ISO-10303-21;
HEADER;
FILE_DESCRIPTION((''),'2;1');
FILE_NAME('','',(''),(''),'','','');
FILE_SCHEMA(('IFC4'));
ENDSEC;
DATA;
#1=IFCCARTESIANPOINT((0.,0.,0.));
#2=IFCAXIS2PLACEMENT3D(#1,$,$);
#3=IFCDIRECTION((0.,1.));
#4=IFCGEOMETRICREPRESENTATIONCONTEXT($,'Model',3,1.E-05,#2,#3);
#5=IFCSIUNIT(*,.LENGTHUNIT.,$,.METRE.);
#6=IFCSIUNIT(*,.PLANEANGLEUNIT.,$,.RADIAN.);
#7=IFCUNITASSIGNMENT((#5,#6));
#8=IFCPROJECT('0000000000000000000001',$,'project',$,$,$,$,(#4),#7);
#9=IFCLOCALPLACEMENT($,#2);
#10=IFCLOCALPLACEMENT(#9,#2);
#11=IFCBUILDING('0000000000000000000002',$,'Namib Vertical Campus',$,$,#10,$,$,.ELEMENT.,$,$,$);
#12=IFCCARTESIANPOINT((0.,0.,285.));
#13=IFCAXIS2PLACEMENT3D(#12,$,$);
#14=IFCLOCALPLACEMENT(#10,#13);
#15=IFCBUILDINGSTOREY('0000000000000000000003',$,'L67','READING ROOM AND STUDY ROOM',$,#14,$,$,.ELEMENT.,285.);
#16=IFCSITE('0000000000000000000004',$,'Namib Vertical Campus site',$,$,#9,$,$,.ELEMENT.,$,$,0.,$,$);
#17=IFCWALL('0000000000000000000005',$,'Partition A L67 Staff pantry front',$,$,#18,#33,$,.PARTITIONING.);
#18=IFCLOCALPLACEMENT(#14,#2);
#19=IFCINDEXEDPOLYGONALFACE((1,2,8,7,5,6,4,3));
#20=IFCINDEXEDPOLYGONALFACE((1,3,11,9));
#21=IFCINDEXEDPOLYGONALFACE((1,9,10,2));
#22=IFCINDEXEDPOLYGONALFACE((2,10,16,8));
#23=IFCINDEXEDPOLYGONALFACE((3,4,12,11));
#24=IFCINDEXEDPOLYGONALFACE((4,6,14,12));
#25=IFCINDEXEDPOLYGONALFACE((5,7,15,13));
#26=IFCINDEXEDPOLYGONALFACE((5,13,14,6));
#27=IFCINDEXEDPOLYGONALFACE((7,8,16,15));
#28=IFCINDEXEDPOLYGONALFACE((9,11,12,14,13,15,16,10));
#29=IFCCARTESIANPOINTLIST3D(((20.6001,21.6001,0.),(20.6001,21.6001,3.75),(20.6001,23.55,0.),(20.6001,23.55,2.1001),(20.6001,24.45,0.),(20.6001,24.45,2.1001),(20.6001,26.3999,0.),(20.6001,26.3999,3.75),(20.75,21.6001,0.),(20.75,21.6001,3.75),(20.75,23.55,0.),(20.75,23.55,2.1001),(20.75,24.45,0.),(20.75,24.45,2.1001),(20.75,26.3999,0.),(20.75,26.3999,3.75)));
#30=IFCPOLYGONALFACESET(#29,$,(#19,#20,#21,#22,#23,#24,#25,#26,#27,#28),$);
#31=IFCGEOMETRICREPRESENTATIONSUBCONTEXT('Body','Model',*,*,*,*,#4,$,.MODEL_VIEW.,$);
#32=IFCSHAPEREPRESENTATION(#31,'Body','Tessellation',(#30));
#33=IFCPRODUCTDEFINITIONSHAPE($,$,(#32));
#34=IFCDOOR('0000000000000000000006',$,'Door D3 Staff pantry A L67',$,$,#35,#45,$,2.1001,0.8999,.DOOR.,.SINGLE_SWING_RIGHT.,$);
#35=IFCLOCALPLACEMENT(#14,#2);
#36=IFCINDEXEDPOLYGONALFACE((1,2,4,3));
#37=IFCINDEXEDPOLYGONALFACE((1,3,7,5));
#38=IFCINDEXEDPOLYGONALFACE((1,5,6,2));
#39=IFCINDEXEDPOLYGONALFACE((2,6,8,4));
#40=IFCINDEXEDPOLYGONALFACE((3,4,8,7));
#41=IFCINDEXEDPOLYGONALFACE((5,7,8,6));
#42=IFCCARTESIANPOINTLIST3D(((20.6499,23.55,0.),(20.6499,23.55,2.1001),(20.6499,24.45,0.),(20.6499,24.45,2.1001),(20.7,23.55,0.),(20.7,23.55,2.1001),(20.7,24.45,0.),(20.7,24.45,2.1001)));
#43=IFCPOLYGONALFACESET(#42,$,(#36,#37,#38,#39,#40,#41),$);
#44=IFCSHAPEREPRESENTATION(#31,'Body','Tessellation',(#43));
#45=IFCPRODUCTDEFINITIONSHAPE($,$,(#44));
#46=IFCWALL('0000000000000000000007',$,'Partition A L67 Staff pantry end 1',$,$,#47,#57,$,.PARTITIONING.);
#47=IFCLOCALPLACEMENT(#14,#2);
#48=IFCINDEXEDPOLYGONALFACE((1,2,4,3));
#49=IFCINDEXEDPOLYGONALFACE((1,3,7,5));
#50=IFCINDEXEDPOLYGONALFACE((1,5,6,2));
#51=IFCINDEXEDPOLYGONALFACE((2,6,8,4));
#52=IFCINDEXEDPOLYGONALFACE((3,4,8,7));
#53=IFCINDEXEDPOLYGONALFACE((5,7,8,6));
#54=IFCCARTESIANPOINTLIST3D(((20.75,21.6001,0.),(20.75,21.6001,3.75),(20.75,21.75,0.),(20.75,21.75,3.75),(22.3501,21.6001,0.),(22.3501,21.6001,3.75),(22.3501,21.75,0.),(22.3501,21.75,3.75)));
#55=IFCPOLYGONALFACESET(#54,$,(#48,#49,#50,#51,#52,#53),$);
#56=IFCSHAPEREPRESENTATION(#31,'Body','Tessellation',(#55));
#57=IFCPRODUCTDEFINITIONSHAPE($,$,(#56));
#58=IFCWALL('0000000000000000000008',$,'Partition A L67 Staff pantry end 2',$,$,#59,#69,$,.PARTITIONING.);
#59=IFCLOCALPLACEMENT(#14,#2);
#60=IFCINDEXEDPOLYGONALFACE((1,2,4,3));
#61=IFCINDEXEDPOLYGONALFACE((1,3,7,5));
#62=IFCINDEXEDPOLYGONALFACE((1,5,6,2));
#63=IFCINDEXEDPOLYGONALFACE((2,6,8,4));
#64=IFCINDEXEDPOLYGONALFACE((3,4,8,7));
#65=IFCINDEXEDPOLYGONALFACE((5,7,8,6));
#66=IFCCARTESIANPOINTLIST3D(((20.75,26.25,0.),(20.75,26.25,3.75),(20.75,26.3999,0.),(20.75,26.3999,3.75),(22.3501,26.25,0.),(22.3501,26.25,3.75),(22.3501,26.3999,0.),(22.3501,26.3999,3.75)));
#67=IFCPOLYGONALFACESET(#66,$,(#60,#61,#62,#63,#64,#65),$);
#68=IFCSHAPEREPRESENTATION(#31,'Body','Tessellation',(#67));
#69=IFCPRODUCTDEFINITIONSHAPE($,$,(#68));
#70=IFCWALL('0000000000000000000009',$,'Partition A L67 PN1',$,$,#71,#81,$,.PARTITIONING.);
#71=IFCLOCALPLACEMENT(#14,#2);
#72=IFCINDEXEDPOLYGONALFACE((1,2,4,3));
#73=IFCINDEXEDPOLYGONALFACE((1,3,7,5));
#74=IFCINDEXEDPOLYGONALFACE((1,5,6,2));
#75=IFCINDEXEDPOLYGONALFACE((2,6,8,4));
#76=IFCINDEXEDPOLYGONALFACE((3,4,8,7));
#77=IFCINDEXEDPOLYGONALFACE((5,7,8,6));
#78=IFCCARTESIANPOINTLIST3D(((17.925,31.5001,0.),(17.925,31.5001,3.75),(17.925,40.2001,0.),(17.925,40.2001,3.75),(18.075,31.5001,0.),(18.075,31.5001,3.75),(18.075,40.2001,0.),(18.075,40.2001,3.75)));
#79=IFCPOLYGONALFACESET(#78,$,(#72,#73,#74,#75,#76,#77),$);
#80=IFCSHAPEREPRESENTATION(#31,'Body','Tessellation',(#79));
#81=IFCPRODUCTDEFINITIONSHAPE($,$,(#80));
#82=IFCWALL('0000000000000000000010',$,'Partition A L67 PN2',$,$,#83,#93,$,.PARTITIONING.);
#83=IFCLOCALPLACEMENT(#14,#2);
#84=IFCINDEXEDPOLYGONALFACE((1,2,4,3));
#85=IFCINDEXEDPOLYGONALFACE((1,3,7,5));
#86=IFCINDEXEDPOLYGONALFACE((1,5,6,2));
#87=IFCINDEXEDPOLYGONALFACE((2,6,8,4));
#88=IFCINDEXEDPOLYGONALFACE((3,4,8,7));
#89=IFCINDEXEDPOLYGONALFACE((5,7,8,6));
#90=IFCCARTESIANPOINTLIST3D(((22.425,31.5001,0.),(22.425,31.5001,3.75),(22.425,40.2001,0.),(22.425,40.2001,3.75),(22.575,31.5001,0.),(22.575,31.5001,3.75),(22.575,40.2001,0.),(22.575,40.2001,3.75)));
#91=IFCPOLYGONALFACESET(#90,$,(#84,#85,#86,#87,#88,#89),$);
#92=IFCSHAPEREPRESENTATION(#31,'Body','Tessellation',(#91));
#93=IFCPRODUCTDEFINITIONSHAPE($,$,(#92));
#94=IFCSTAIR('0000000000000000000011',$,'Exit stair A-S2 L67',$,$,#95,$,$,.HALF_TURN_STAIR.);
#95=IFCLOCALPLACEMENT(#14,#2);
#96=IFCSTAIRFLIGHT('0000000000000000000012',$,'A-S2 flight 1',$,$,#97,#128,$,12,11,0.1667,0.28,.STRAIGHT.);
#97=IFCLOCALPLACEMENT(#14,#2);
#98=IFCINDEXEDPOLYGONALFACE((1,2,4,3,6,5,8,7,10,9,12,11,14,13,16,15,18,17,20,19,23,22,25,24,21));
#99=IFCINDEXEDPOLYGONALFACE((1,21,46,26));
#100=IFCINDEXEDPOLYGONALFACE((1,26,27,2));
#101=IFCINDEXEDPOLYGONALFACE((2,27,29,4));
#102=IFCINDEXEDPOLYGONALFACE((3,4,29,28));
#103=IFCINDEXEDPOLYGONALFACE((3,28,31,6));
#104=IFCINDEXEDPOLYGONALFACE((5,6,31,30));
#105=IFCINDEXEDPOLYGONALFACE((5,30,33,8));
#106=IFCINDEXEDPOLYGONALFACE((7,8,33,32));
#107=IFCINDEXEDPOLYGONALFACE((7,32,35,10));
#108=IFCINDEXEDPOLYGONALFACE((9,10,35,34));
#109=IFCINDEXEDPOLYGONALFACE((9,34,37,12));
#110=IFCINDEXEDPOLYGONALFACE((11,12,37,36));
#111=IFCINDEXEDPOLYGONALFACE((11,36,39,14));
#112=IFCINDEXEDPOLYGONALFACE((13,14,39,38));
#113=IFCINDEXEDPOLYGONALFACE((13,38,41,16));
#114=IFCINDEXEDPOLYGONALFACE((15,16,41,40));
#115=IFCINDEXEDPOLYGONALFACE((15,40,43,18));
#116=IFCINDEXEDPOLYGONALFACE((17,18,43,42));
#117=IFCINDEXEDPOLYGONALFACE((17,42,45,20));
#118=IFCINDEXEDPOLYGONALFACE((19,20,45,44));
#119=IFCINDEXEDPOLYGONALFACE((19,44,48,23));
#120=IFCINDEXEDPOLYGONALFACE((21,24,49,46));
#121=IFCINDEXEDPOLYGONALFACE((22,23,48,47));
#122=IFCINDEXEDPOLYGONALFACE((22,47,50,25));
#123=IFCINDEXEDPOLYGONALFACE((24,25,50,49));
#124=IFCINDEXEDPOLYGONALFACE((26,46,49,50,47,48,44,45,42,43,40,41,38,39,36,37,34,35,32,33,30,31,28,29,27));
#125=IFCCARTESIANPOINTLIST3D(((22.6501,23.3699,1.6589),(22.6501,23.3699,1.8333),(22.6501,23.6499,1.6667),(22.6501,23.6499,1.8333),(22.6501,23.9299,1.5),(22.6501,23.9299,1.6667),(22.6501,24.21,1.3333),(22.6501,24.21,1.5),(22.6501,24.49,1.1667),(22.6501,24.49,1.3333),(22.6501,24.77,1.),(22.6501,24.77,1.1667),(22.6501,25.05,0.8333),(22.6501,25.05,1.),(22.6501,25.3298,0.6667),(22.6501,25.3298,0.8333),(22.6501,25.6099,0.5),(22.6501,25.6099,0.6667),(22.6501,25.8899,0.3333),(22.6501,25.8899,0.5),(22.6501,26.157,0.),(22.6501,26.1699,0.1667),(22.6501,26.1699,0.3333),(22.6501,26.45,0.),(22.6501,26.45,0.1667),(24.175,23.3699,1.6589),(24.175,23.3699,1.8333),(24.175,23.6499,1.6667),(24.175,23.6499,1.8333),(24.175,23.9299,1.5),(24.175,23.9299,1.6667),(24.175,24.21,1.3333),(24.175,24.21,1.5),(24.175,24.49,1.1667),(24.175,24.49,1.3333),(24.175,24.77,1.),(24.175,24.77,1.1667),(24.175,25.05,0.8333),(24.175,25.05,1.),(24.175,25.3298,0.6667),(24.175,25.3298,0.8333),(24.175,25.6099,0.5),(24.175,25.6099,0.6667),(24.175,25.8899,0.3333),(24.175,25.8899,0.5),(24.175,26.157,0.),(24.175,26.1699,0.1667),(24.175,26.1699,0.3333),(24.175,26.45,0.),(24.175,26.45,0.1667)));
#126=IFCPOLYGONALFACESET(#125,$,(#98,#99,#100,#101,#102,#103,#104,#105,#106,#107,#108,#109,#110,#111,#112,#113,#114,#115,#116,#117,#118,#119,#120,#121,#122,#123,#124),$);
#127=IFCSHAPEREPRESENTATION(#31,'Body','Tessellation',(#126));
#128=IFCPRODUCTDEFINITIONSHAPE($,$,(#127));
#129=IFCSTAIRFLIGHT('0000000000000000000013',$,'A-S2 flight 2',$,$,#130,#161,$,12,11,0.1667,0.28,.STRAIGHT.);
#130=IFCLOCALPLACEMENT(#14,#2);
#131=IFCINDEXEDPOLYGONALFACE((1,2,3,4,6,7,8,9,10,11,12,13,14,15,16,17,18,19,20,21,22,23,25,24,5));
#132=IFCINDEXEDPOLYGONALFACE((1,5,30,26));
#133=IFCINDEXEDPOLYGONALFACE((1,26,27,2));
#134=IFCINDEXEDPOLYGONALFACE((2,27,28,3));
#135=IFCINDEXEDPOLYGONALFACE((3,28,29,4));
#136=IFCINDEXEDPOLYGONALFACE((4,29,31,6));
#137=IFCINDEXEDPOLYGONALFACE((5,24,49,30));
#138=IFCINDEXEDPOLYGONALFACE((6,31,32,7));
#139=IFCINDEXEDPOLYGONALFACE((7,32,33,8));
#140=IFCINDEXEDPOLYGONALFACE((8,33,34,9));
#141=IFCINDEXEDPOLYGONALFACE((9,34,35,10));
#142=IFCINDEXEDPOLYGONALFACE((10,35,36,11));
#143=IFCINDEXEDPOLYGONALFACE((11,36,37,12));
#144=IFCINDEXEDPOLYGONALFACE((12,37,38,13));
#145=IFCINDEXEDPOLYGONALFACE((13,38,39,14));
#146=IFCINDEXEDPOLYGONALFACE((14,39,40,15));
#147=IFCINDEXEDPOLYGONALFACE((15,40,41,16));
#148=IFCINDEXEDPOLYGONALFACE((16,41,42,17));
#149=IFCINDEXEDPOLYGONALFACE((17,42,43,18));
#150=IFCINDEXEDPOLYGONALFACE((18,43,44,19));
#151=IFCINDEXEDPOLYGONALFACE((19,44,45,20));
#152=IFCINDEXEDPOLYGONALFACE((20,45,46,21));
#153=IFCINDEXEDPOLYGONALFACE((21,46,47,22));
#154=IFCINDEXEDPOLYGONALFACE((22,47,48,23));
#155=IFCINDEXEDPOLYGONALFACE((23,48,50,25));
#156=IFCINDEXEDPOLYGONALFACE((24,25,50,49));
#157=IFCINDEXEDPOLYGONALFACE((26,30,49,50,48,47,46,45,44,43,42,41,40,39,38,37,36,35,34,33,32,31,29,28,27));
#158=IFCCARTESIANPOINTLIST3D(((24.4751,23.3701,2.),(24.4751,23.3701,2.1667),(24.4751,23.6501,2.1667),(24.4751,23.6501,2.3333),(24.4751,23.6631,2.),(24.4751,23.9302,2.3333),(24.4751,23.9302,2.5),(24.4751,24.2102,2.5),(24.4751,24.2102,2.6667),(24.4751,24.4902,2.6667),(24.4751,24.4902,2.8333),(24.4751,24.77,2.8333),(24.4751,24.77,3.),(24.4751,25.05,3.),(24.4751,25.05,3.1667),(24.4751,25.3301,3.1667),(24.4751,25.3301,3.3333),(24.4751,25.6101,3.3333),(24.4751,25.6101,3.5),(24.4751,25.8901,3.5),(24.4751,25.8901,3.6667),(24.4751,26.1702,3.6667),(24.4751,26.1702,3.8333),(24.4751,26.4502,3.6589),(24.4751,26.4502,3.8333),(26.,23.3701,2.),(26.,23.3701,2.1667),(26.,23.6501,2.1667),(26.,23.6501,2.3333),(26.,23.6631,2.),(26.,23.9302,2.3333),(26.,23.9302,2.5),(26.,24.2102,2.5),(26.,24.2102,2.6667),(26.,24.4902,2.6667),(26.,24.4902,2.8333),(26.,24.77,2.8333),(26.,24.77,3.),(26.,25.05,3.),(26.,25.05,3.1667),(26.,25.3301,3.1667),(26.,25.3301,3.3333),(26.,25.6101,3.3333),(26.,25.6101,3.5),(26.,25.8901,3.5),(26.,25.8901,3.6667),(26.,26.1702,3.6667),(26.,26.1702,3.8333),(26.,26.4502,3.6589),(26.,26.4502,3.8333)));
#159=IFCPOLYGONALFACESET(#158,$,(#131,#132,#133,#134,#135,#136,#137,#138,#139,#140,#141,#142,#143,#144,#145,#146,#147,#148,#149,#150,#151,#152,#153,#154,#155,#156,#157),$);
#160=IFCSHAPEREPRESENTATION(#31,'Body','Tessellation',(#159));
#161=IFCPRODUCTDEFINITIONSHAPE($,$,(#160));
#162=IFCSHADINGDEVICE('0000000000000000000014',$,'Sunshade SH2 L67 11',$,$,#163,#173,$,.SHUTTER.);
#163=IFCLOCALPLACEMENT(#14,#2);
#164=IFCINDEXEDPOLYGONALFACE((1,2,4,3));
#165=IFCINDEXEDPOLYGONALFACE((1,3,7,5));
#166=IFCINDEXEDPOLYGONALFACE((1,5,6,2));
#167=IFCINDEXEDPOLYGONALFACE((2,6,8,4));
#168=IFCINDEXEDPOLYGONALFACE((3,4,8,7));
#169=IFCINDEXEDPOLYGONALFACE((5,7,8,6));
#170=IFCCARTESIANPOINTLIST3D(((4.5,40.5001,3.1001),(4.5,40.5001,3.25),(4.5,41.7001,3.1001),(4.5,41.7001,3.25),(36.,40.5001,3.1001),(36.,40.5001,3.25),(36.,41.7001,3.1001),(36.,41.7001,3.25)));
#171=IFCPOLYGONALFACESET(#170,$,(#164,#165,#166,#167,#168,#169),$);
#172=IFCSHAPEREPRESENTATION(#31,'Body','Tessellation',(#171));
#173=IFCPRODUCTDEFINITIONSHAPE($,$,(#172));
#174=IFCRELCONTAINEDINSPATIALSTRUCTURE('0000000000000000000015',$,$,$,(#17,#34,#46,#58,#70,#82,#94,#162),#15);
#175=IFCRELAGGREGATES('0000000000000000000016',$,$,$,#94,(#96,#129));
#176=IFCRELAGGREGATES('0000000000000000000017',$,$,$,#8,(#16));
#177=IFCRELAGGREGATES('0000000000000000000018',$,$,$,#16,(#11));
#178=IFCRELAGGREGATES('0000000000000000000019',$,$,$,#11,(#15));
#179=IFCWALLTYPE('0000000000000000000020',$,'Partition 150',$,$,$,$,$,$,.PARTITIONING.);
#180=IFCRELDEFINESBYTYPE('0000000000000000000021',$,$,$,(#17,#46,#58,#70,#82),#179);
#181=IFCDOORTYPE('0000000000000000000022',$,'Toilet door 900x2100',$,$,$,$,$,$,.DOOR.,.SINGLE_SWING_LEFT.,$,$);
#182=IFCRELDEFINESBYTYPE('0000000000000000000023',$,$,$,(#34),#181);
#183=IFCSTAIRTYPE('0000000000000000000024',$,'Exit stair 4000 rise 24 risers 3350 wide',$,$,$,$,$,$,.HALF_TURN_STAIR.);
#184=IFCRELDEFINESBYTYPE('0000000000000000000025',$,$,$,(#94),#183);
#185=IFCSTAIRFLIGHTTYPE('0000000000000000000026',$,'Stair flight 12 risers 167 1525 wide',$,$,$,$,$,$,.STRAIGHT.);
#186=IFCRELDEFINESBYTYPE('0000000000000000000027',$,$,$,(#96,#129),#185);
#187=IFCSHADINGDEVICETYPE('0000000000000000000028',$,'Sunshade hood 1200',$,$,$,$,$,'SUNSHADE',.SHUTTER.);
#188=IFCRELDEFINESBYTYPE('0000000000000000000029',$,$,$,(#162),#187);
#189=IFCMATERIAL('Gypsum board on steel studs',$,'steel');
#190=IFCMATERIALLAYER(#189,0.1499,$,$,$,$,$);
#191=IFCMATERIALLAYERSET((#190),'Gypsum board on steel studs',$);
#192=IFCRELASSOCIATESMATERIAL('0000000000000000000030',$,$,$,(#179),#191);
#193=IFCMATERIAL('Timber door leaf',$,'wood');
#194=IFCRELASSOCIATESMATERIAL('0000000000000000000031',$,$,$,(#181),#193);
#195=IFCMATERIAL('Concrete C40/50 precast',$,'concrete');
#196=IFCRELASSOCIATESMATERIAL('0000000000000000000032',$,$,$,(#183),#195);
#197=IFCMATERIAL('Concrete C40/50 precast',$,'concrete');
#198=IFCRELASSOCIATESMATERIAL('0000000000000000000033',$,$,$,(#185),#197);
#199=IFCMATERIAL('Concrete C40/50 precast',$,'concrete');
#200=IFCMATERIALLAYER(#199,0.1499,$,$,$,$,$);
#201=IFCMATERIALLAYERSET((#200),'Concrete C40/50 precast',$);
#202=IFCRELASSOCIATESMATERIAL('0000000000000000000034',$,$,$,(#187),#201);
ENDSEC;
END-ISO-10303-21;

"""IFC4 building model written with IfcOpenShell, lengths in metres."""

from ifc_helpers import new_model, si_unit, direction, frame, frame_2d, origin, origin_2d, place, context, subcontext, project, spatial, polyline, rectangle, outline, extrude, material, layer, layer_set, type_object, element, fill, aggregate, save


model = new_model("IFC4")

# Units and contexts
model_context = context("Model", 3, precision=1e-05, world=origin(), true_north=direction((0.0, 1.0)))
body_context = subcontext(model_context, "Body", "Model", "MODEL_VIEW")
ifc_project = project(units=[si_unit("LENGTHUNIT", "METRE"), si_unit("PLANEANGLEUNIT", "RADIAN")], contexts=[model_context])

# Site, building, storey
site_placement = place(None, origin())
site = spatial("IfcSite", under=ifc_project, at=site_placement, Name="Namib Vertical Campus site", CompositionType="ELEMENT", RefElevation=0.0)
building_placement = place(site_placement, origin())
building = spatial("IfcBuilding", under=site, at=building_placement, Name="Namib Vertical Campus", CompositionType="ELEMENT")
storey_placement = place(building_placement, frame((0.0, 0.0, 285.0)))
storey = spatial("IfcBuildingStorey", under=building, at=storey_placement, Name="L67", Description="READING ROOM AND STUDY ROOM", CompositionType="ELEMENT", Elevation=285.0)

# Wall, opening, door
ifc_material_1 = material(Name="Gypsum board on steel studs", Category="steel")
ifc_layer_1 = layer(ifc_material_1, 0.1499)
ifc_layer_set_1 = layer_set([ifc_layer_1], Name="Gypsum board on steel studs")
wall_type_1 = type_object("IfcWallType", Name="Partition 150", PredefinedType="PARTITIONING", material=ifc_layer_set_1)
wall_1_placement = place(storey_placement, frame((20.675, 21.6001, 0.0), z_axis=(0.0, 0.0, 1.0), x_axis=(0.0, 1.0, 0.0)))
wall_1 = element("IfcWall", 1, at=wall_1_placement, inside=storey, type_object=wall_type_1, Name="Partition A L67 Staff pantry front", PredefinedType="PARTITIONING", context=body_context, shape_type="SweptSolid", body=[
    extrude(rectangle(XDim=4.7998, YDim=0.1499, at=frame_2d((2.3999, 0.0))), origin(), (0.0, 0.0, 1.0), 3.75),
])
opening_1_placement = place(wall_1_placement, frame((1.95, 0.0, 0.0)))
opening_1 = element("IfcOpeningElement", 2, at=opening_1_placement, cuts=wall_1, PredefinedType="OPENING", context=body_context, shape_type="SweptSolid", body=[
    extrude(rectangle(XDim=0.8999, YDim=2.1001, at=frame_2d((0.45, 1.05))), frame((0.0, 0.085, 0.0), z_axis=(0.0, -1.0, 0.0), x_axis=(1.0, 0.0, 0.0)), (0.0, 0.0, 1.0), 0.1699),
])
ifc_material_2 = material(Name="Timber door leaf", Category="wood")
door_type_1 = type_object("IfcDoorType", Name="Toilet door 900x2100", OperationType="SINGLE_SWING_LEFT", PredefinedType="DOOR", material=ifc_material_2)
door_1_placement = place(opening_1_placement, frame((0.8999, 0.0, 0.0), z_axis=(0.0, 0.0, 1.0), x_axis=(-1.0, 0.0, 0.0)))
door_1 = element("IfcDoor", 3, at=door_1_placement, inside=storey, type_object=door_type_1, Name="Door D3 Staff pantry A L67", OperationType="SINGLE_SWING_RIGHT", OverallHeight=2.1001, OverallWidth=0.8999, PredefinedType="DOOR", context=body_context, shape_type="SweptSolid", body=[
    extrude(rectangle(XDim=0.8999, YDim=2.1001, at=frame_2d((0.45, 1.05))), frame((0.0, 0.0249, 0.0), z_axis=(0.0, -1.0, 0.0), x_axis=(1.0, 0.0, 0.0)), (0.0, 0.0, 1.0), 0.05),
])
fill(opening_1, door_1)

# Walls
for number, where, z_axis, x_axis, name in (
    (4, (20.75, 21.675, 0.0), (0.0, 0.0, 1.0), (1.0, 0.0, 0.0), "Partition A L67 Staff pantry end 1"),
    (5, (20.75, 26.325, 0.0), (0.0, 0.0, 1.0), (1.0, 0.0, 0.0), "Partition A L67 Staff pantry end 2"),
):
    element("IfcWall", number, at=place(storey_placement, frame(where, z_axis=z_axis, x_axis=x_axis)), inside=storey, type_object=wall_type_1, Name=name, PredefinedType="PARTITIONING", context=body_context, shape_type="SweptSolid", body=[
        extrude(rectangle(XDim=1.6001, YDim=0.1499, at=frame_2d((0.8, 0.0))), origin(), (0.0, 0.0, 1.0), 3.75),
    ])
for number, where, z_axis, x_axis, name in (
    (6, (18.0, 31.5, 0.0), (0.0, 0.0, 1.0), (0.0, 1.0, 0.0), "Partition A L67 PN1"),
    (7, (22.5, 31.5, 0.0), (0.0, 0.0, 1.0), (0.0, 1.0, 0.0), "Partition A L67 PN2"),
):
    element("IfcWall", number, at=place(storey_placement, frame(where, z_axis=z_axis, x_axis=x_axis)), inside=storey, type_object=wall_type_1, Name=name, PredefinedType="PARTITIONING", context=body_context, shape_type="SweptSolid", body=[
        extrude(rectangle(XDim=8.7, YDim=0.1499, at=frame_2d((4.3501, 0.0))), origin(), (0.0, 0.0, 1.0), 3.75),
    ])

# Stair, stair flights
ifc_material_3 = material(Name="Concrete C40/50 precast", Category="concrete")
stair_type = type_object("IfcStairType", Name="Exit stair 4000 rise 24 risers 3350 wide", PredefinedType="HALF_TURN_STAIR", material=ifc_material_3)
stair_placement = place(storey_placement, origin())
stair = element("IfcStair", 8, at=stair_placement, inside=storey, type_object=stair_type, Name="Exit stair A-S2 L67", PredefinedType="HALF_TURN_STAIR")
ifc_material_4 = material(Name="Concrete C40/50 precast", Category="concrete")
stair_flight_type = type_object("IfcStairFlightType", Name="Stair flight 12 risers 167 1525 wide", PredefinedType="STRAIGHT", material=ifc_material_4)
stair_flight_1_placement = place(storey_placement, frame((23.4126, 26.45, 0.0), z_axis=(0.0, 0.0, 1.0), x_axis=(0.0, -1.0, 0.0)))
stair_flight_1 = element("IfcStairFlight", 9, at=stair_flight_1_placement, type_object=stair_flight_type, Name="A-S2 flight 1", NumberOfRisers=12, NumberOfTreads=11, PredefinedType="STRAIGHT", RiserHeight=0.1667, TreadLength=0.28, context=body_context, shape_type="SweptSolid", body=[
    extrude(outline(polyline([(0.0, 0.0), (0.0, 0.1667), (0.28, 0.1667), (0.28, 0.3333), (0.5601, 0.3333), (0.5601, 0.5), (0.8401, 0.5), (0.8401, 0.6667), (1.1201, 0.6667), (1.1201, 0.8333), (1.3999, 0.8333), (1.3999, 1.0), (1.6799, 1.0), (1.6799, 1.1667), (1.96, 1.1667), (1.96, 1.3333), (2.24, 1.3333), (2.24, 1.5), (2.52, 1.5), (2.52, 1.6667), (2.8, 1.6667), (2.8, 1.8333), (3.0801, 1.8333), (3.0801, 2.0), (3.0801, 1.6589), (0.293, 0.0), (0.0, 0.0)])), frame((0.0, 0.7625, 0.0), z_axis=(0.0, -1.0, 0.0), x_axis=(1.0, 0.0, 0.0)), (0.0, 0.0, 1.0), 1.5249),
])
stair_flight_2_placement = place(storey_placement, frame((25.2375, 23.3701, 2.0), z_axis=(0.0, 0.0, 1.0), x_axis=(0.0, 1.0, 0.0)))
stair_flight_2 = element("IfcStairFlight", 10, at=stair_flight_2_placement, type_object=stair_flight_type, Name="A-S2 flight 2", NumberOfRisers=12, NumberOfTreads=11, PredefinedType="STRAIGHT", RiserHeight=0.1667, TreadLength=0.28, context=body_context, shape_type="SweptSolid", body=[
    extrude(outline(polyline([(0.0, 0.0), (0.0, 0.1667), (0.28, 0.1667), (0.28, 0.3333), (0.5601, 0.3333), (0.5601, 0.5), (0.8401, 0.5), (0.8401, 0.6667), (1.1201, 0.6667), (1.1201, 0.8333), (1.3999, 0.8333), (1.3999, 1.0), (1.6799, 1.0), (1.6799, 1.1667), (1.96, 1.1667), (1.96, 1.3333), (2.24, 1.3333), (2.24, 1.5), (2.52, 1.5), (2.52, 1.6667), (2.8, 1.6667), (2.8, 1.8333), (3.0801, 1.8333), (3.0801, 2.0), (3.0801, 1.6589), (0.293, 0.0), (0.0, 0.0)])), frame((0.0, 0.7625, 0.0), z_axis=(0.0, -1.0, 0.0), x_axis=(1.0, 0.0, 0.0)), (0.0, 0.0, 1.0), 1.5249),
])
aggregate(stair, [stair_flight_1, stair_flight_2])

# Shading device
ifc_material_5 = material(Name="Concrete C40/50 precast", Category="concrete")
ifc_layer_2 = layer(ifc_material_5, 0.1499)
ifc_layer_set_2 = layer_set([ifc_layer_2], Name="Concrete C40/50 precast")
shading_device_type = type_object("IfcShadingDeviceType", Name="Sunshade hood 1200", ElementType="SUNSHADE", PredefinedType="SHUTTER", material=ifc_layer_set_2)
shading_device_placement = place(storey_placement, frame((20.25, 41.1001, 3.1001), z_axis=(0.0, 0.0, 1.0), x_axis=(-1.0, 0.0, 0.0)))
element("IfcShadingDevice", 11, at=shading_device_placement, inside=storey, type_object=shading_device_type, Name="Sunshade SH2 L67 11", PredefinedType="SHUTTER", context=body_context, shape_type="SweptSolid", body=[
    extrude(rectangle(XDim=31.5, YDim=1.2, at=origin_2d()), origin(), (0.0, 0.0, 1.0), 0.1499),
])

save(model, "model.ifc")
